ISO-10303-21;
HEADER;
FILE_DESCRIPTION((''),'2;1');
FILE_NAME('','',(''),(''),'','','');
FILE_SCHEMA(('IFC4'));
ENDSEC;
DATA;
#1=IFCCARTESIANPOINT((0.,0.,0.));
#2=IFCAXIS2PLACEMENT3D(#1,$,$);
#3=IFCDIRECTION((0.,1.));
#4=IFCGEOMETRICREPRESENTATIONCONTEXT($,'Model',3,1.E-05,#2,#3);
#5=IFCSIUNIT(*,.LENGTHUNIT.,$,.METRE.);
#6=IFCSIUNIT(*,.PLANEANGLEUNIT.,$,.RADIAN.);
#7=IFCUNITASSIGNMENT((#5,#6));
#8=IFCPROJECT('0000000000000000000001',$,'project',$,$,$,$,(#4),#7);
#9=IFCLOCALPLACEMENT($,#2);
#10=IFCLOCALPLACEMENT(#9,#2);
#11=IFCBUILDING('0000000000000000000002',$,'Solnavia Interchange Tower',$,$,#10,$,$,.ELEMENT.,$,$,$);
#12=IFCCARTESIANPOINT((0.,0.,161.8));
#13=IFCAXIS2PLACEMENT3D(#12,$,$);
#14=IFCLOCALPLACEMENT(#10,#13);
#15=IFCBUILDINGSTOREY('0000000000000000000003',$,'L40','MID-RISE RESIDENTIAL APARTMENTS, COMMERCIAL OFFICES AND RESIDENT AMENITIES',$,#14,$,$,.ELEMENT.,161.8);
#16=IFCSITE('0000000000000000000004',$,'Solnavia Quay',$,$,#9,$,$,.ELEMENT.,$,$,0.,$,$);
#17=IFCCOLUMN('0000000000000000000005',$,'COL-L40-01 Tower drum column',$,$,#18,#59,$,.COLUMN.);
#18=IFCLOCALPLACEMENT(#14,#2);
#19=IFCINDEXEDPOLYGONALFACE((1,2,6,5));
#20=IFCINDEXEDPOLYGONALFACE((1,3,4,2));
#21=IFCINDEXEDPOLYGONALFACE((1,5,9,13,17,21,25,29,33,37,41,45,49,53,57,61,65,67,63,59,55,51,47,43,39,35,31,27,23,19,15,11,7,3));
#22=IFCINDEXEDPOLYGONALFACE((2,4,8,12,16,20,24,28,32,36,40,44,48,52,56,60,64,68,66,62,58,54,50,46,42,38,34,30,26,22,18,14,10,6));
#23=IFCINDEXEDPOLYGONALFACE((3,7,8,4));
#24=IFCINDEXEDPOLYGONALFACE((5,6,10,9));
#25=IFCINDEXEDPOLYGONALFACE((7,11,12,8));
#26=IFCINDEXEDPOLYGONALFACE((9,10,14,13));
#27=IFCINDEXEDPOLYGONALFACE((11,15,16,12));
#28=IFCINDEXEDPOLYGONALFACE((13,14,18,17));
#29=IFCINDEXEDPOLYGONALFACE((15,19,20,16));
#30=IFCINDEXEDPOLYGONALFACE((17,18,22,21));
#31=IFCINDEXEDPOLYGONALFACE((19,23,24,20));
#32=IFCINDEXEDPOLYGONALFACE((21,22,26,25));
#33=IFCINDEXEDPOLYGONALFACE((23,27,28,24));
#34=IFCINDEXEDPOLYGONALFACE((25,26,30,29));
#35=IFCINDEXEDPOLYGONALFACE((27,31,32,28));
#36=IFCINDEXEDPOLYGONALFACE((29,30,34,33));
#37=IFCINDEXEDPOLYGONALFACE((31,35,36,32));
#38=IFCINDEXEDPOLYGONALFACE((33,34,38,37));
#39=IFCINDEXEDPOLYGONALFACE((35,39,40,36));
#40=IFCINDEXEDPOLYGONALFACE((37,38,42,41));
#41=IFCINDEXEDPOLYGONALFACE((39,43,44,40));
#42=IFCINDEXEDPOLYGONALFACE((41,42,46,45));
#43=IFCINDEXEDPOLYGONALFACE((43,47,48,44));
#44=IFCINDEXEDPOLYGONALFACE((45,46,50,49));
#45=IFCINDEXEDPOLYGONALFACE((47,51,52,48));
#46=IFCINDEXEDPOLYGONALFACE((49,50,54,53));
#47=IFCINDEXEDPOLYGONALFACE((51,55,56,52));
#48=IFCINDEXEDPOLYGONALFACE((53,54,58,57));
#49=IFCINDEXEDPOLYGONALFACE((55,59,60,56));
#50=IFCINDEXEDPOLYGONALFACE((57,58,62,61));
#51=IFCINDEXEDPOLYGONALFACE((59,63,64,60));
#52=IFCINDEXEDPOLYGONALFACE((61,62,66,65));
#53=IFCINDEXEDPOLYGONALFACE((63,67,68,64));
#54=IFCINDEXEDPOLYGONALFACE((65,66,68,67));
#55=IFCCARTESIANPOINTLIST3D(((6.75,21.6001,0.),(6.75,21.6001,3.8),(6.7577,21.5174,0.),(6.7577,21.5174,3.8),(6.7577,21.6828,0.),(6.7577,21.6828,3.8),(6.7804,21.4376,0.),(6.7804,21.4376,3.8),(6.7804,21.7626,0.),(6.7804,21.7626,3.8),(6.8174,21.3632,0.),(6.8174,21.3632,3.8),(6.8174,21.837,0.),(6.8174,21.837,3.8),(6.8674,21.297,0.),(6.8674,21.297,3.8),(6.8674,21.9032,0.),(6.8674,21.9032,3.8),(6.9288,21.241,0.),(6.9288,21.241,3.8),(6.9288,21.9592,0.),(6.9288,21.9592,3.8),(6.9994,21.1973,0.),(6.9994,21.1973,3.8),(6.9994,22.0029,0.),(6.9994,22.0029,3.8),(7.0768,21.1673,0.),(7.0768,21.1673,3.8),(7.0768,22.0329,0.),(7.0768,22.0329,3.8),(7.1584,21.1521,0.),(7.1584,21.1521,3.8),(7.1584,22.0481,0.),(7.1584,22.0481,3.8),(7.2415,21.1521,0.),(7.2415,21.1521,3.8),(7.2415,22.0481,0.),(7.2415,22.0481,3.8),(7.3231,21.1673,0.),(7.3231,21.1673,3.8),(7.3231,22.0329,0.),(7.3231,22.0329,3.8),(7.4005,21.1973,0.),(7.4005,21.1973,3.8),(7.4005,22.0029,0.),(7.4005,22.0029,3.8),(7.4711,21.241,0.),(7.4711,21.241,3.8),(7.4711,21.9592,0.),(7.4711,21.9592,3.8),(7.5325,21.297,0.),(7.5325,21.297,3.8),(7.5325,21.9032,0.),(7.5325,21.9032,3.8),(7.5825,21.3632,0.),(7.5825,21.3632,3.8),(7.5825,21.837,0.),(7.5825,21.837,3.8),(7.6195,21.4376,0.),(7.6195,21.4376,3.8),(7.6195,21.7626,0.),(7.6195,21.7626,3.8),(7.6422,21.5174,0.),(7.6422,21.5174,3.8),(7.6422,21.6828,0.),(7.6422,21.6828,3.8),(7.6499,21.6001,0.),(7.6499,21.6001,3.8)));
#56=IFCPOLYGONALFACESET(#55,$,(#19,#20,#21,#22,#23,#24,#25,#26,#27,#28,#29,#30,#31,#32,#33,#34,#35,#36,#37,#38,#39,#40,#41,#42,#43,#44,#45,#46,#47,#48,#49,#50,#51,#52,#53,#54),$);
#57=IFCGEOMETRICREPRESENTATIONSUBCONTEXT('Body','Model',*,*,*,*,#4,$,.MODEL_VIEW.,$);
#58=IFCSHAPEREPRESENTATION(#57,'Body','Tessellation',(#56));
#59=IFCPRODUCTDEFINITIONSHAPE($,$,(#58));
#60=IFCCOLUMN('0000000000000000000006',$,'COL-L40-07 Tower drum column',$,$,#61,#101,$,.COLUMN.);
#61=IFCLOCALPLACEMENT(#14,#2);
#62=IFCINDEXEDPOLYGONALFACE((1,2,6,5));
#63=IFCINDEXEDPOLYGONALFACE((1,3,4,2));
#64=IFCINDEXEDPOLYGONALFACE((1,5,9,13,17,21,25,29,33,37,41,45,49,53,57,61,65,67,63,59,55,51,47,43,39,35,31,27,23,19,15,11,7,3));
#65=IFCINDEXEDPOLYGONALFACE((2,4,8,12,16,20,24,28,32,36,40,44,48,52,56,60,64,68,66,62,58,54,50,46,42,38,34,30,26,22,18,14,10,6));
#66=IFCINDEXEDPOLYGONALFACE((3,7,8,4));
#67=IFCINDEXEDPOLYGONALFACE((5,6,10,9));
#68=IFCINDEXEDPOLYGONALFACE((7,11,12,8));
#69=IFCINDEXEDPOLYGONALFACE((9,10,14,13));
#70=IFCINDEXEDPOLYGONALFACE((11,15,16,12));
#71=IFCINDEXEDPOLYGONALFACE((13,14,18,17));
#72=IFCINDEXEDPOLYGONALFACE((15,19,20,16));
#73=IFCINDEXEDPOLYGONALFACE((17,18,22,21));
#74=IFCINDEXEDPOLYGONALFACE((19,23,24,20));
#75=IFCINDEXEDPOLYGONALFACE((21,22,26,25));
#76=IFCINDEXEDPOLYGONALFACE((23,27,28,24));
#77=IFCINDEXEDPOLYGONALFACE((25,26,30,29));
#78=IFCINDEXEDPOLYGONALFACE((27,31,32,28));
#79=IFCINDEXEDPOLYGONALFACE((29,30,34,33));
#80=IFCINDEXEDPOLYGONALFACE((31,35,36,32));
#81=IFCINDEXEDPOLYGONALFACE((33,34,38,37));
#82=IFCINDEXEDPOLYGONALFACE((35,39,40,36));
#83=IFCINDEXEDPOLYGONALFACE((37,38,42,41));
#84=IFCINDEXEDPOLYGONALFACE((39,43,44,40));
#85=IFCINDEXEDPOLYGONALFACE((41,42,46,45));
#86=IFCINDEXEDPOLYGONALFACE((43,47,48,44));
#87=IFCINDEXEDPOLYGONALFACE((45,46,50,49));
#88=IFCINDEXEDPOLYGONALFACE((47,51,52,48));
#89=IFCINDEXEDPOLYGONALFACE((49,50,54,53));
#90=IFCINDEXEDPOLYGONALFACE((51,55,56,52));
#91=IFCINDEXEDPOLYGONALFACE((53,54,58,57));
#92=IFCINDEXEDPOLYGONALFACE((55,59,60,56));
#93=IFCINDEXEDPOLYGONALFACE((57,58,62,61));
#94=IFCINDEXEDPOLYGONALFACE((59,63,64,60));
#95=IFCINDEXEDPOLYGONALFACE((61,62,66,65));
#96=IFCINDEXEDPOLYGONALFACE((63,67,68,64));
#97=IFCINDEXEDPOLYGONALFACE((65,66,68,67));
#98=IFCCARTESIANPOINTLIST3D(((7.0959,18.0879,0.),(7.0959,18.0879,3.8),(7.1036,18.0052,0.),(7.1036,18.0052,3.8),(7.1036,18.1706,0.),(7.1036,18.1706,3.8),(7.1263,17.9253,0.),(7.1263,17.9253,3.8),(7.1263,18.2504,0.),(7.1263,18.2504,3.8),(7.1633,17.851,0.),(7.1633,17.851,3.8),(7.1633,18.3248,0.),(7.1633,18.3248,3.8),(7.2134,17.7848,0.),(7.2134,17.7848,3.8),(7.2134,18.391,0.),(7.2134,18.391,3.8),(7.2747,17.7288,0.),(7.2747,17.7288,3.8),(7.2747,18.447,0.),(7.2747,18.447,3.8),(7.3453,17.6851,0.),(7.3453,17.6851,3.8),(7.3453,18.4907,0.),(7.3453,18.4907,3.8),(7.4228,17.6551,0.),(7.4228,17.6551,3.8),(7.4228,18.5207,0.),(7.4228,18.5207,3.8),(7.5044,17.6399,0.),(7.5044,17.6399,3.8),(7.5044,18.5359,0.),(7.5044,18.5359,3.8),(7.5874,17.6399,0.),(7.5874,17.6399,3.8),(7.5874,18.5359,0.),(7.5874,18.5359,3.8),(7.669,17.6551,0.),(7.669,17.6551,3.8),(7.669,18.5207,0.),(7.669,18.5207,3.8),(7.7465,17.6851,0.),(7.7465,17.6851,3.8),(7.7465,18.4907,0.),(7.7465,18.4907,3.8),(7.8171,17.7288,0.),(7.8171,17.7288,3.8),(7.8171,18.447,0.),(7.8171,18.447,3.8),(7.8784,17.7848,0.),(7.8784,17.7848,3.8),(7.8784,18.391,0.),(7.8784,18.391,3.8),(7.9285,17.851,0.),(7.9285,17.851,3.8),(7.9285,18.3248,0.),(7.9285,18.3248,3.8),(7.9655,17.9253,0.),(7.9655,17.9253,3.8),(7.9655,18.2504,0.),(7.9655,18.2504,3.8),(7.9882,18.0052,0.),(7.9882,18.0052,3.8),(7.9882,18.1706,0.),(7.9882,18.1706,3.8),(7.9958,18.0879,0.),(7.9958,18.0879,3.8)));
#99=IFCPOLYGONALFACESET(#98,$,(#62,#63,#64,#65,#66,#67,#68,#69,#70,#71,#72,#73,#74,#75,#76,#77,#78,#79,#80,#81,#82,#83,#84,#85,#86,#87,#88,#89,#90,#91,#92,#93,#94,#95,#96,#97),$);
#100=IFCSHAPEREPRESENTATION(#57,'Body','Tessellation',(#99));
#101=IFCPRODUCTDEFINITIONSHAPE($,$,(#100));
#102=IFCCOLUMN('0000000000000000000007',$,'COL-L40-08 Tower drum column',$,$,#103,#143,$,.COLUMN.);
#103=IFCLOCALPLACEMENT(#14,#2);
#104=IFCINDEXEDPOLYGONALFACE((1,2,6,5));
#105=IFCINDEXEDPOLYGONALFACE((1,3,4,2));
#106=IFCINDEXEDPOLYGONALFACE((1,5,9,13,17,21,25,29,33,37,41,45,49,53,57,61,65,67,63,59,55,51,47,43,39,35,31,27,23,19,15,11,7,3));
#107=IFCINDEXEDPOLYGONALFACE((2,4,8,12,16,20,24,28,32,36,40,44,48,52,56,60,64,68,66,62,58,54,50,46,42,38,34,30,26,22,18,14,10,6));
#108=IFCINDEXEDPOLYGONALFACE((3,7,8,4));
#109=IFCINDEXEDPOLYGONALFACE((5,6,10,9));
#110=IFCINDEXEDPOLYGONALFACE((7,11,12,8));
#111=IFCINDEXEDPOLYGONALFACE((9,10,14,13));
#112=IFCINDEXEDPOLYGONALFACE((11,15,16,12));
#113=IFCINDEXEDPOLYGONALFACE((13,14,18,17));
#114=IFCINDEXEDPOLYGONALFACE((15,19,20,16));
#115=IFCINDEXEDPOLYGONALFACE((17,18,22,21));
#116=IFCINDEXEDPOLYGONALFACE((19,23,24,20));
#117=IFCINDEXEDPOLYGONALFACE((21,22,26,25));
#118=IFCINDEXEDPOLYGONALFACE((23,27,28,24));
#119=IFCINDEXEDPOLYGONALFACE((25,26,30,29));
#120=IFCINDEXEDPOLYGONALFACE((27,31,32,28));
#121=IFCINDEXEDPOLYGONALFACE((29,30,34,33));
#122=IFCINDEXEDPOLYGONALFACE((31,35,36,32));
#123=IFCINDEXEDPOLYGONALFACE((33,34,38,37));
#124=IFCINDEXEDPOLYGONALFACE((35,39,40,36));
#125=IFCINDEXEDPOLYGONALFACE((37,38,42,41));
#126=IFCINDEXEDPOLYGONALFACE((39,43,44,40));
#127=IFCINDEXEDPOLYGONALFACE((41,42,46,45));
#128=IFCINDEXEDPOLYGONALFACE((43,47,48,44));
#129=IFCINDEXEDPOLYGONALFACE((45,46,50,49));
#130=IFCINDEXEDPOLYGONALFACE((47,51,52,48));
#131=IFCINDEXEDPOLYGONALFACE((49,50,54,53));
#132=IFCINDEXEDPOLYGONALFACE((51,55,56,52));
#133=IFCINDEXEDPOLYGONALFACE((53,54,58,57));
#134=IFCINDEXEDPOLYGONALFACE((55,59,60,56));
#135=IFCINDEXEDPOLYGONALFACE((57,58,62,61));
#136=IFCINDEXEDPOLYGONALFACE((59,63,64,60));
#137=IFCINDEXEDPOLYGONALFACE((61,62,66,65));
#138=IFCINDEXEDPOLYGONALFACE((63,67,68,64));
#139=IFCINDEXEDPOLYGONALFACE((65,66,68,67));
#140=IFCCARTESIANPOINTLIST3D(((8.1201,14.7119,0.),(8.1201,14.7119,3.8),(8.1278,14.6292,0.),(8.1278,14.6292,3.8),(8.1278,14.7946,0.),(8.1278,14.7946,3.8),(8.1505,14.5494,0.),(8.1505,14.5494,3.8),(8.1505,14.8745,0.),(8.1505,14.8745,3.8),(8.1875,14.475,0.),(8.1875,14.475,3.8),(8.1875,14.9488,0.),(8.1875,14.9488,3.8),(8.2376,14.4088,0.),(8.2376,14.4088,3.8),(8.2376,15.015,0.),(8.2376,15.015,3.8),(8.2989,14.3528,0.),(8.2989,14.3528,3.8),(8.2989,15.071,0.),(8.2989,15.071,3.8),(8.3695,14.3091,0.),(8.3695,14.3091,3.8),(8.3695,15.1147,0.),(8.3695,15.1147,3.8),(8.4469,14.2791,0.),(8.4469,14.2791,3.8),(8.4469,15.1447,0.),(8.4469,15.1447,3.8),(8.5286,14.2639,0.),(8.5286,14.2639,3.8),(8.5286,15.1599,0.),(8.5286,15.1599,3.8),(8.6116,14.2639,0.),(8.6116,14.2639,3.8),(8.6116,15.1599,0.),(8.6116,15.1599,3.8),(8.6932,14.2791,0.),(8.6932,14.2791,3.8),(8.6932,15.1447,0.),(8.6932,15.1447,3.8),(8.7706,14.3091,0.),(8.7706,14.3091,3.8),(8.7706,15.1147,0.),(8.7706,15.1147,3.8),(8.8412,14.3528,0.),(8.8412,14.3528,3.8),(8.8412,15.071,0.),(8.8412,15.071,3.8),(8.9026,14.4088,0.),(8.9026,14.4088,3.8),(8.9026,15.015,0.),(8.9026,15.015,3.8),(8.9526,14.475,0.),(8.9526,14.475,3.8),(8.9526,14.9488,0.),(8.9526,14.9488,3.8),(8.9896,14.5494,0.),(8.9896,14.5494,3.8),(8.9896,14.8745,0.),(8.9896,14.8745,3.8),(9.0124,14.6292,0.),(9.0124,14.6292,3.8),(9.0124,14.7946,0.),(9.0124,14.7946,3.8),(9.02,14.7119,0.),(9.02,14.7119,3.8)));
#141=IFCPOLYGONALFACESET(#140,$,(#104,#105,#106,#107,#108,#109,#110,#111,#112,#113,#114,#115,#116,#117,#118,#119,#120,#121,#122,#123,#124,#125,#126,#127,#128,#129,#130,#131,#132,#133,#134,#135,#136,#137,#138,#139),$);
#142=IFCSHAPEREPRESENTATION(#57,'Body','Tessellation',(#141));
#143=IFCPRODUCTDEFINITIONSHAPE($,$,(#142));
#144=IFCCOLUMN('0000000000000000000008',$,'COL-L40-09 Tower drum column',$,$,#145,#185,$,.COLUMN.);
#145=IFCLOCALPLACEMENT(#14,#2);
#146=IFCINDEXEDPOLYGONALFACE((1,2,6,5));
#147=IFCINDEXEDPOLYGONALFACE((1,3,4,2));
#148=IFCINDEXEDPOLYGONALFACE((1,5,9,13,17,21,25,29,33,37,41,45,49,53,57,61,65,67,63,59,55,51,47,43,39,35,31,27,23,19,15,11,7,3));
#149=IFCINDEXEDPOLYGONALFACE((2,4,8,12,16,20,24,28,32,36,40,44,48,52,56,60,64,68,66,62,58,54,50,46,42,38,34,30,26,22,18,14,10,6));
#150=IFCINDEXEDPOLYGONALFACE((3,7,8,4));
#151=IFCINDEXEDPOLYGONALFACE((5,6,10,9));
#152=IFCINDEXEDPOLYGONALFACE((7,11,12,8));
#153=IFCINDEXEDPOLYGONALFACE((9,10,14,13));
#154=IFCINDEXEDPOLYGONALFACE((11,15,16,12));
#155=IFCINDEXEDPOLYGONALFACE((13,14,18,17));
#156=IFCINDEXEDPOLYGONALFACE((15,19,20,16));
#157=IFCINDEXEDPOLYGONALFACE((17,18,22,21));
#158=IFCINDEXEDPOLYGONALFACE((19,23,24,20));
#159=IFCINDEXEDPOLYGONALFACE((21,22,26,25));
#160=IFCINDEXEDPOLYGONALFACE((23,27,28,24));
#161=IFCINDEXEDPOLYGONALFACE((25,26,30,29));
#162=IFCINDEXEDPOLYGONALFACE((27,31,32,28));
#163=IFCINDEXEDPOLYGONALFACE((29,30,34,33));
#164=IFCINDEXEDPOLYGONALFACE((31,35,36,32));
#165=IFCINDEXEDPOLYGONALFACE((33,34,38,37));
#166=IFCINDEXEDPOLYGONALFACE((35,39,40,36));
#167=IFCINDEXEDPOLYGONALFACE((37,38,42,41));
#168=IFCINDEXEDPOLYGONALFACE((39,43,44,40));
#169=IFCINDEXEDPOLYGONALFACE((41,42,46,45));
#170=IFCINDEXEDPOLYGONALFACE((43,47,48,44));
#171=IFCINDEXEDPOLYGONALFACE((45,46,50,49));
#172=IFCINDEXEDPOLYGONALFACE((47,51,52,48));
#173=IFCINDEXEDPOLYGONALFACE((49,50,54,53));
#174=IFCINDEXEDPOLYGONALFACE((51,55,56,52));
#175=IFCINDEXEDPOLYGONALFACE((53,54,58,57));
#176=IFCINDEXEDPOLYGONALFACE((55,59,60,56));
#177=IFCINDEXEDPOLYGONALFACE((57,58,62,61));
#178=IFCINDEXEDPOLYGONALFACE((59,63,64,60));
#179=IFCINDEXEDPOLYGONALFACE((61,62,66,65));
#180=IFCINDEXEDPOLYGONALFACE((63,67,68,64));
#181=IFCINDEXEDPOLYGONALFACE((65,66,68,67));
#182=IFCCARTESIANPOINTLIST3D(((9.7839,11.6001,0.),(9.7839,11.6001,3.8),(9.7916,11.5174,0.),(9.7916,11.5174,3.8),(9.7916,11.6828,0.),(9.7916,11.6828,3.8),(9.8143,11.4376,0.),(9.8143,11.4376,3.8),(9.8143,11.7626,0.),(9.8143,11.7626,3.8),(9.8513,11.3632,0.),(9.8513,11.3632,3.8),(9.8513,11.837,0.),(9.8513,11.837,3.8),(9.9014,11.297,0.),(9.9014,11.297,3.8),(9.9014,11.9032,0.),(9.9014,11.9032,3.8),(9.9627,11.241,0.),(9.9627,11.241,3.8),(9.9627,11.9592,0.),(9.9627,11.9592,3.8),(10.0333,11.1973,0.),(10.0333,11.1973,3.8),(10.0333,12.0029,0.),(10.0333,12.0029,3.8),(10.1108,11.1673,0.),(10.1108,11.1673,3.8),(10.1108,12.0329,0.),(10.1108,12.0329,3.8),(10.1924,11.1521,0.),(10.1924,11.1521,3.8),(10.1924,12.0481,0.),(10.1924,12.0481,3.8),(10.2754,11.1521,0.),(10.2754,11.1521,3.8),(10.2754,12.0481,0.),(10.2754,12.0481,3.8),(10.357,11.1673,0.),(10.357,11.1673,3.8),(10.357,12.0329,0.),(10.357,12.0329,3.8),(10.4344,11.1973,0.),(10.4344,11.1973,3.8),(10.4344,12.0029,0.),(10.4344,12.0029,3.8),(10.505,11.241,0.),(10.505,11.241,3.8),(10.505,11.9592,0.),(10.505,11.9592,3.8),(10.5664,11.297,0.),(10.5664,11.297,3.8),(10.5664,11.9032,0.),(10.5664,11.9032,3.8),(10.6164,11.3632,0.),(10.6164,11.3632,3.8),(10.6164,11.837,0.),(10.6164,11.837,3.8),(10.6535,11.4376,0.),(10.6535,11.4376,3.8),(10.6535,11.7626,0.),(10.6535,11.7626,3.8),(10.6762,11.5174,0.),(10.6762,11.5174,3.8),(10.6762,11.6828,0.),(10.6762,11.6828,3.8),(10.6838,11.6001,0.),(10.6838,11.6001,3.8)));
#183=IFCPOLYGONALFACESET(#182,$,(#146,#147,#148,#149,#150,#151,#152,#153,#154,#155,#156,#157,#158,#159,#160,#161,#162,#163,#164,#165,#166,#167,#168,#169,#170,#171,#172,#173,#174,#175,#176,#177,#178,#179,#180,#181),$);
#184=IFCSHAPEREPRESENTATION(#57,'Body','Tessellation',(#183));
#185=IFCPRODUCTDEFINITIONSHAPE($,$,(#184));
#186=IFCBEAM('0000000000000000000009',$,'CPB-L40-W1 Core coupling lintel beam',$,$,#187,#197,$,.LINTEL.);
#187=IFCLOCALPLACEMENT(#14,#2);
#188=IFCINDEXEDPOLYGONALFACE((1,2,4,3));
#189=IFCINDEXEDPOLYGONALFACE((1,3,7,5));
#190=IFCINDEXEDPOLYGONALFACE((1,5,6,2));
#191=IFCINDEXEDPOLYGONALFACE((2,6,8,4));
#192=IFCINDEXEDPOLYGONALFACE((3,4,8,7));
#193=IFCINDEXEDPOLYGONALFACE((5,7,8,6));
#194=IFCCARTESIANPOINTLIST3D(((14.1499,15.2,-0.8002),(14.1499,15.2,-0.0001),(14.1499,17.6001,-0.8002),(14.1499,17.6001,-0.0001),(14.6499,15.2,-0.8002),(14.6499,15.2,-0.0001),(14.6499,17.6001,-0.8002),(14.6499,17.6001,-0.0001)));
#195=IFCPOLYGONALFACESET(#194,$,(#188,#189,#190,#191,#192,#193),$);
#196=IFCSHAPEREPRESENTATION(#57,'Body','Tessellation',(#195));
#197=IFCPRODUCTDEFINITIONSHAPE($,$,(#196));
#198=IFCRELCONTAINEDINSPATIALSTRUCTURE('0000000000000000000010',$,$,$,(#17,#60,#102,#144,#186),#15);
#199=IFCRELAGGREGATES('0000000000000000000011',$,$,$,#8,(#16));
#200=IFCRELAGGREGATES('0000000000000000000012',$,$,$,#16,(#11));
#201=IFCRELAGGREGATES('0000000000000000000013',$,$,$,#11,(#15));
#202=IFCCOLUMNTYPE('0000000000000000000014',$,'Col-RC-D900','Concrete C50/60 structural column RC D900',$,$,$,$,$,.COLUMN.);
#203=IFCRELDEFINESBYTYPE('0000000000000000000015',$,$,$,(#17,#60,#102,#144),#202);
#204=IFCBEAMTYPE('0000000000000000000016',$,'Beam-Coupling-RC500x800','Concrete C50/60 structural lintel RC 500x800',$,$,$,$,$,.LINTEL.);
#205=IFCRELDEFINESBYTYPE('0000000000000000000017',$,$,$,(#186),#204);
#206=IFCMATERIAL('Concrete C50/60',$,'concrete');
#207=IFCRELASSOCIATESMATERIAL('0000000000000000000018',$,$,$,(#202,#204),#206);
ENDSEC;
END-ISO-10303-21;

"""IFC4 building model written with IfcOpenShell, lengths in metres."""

from ifc_helpers import new_model, si_unit, direction, frame, origin, origin_2d, place, context, subcontext, project, spatial, rectangle, circle, extrude, material, material_profile, profile_set, type_object, element, save


model = new_model("IFC4")

# Units and contexts
model_context = context("Model", 3, precision=1e-05, world=origin(), true_north=direction((0.0, 1.0)))
body_context = subcontext(model_context, "Body", "Model", "MODEL_VIEW")
ifc_project = project(units=[si_unit("LENGTHUNIT", "METRE"), si_unit("PLANEANGLEUNIT", "RADIAN")], contexts=[model_context])

# Site, building, storey
site_placement = place(None, origin())
site = spatial("IfcSite", under=ifc_project, at=site_placement, Name="Solnavia Quay", CompositionType="ELEMENT", RefElevation=0.0)
building_placement = place(site_placement, origin())
building = spatial("IfcBuilding", under=site, at=building_placement, Name="Solnavia Interchange Tower", CompositionType="ELEMENT")
storey_placement = place(building_placement, frame((0.0, 0.0, 161.8)))
storey = spatial("IfcBuildingStorey", under=building, at=storey_placement, Name="L40", Description="MID-RISE RESIDENTIAL APARTMENTS, COMMERCIAL OFFICES AND RESIDENT AMENITIES", CompositionType="ELEMENT", Elevation=161.8)

# Columns
ifc_material_1 = material(Name="Concrete C50/60", Category="concrete")
ifc_material_profile_1 = material_profile(ifc_material_1, circle(Radius=0.45, at=origin_2d()), Name="RC D900")
ifc_profile_set_1 = profile_set([ifc_material_profile_1], Name="Concrete C50/60")
column_type = type_object("IfcColumnType", Name="Col-RC-D900", Description="Concrete C50/60 structural column RC D900", PredefinedType="COLUMN", material=ifc_profile_set_1)
for number, where, z_axis, x_axis, name in (
    (1, (7.2, 21.6001, 0.0), (0.0, 0.0, 1.0), (1.0, 0.0, 0.0), "COL-L40-01 Tower drum column"),
    (2, (7.5459, 18.0879, 0.0), (0.0, 0.0, 1.0), (1.0, 0.0, 0.0), "COL-L40-07 Tower drum column"),
    (3, (8.5701, 14.7119, 0.0), (0.0, 0.0, 1.0), (1.0, 0.0, 0.0), "COL-L40-08 Tower drum column"),
    (4, (10.2339, 11.6001, 0.0), (0.0, 0.0, 1.0), (1.0, 0.0, 0.0), "COL-L40-09 Tower drum column"),
):
    element("IfcColumn", number, at=place(storey_placement, frame(where, z_axis=z_axis, x_axis=x_axis)), inside=storey, type_object=column_type, Name=name, PredefinedType="COLUMN", context=body_context, shape_type="SweptSolid", body=[
        extrude(circle(Radius=0.45, at=origin_2d()), origin(), (0.0, 0.0, 1.0), 3.8),
    ])

# Beam
ifc_material_profile_2 = material_profile(ifc_material_1, rectangle(XDim=0.5, YDim=0.8, at=origin_2d()), Name="RC 500x800")
ifc_profile_set_2 = profile_set([ifc_material_profile_2], Name="Concrete C50/60")
beam_type_1 = type_object("IfcBeamType", Name="Beam-Coupling-RC500x800", Description="Concrete C50/60 structural lintel RC 500x800", PredefinedType="LINTEL", material=ifc_profile_set_2)
beam_1_placement = place(storey_placement, frame((14.3999, 15.2, -0.4001), z_axis=(0.0, 1.0, 0.0), x_axis=(-1.0, 0.0, 0.0)))
element("IfcBeam", 5, at=beam_1_placement, inside=storey, type_object=beam_type_1, Name="CPB-L40-W1 Core coupling lintel beam", PredefinedType="LINTEL", context=body_context, shape_type="SweptSolid", body=[
    extrude(rectangle(XDim=0.5, YDim=0.8, at=origin_2d()), origin(), (0.0, 0.0, 1.0), 2.4001),
])

save(model, "model.ifc")
